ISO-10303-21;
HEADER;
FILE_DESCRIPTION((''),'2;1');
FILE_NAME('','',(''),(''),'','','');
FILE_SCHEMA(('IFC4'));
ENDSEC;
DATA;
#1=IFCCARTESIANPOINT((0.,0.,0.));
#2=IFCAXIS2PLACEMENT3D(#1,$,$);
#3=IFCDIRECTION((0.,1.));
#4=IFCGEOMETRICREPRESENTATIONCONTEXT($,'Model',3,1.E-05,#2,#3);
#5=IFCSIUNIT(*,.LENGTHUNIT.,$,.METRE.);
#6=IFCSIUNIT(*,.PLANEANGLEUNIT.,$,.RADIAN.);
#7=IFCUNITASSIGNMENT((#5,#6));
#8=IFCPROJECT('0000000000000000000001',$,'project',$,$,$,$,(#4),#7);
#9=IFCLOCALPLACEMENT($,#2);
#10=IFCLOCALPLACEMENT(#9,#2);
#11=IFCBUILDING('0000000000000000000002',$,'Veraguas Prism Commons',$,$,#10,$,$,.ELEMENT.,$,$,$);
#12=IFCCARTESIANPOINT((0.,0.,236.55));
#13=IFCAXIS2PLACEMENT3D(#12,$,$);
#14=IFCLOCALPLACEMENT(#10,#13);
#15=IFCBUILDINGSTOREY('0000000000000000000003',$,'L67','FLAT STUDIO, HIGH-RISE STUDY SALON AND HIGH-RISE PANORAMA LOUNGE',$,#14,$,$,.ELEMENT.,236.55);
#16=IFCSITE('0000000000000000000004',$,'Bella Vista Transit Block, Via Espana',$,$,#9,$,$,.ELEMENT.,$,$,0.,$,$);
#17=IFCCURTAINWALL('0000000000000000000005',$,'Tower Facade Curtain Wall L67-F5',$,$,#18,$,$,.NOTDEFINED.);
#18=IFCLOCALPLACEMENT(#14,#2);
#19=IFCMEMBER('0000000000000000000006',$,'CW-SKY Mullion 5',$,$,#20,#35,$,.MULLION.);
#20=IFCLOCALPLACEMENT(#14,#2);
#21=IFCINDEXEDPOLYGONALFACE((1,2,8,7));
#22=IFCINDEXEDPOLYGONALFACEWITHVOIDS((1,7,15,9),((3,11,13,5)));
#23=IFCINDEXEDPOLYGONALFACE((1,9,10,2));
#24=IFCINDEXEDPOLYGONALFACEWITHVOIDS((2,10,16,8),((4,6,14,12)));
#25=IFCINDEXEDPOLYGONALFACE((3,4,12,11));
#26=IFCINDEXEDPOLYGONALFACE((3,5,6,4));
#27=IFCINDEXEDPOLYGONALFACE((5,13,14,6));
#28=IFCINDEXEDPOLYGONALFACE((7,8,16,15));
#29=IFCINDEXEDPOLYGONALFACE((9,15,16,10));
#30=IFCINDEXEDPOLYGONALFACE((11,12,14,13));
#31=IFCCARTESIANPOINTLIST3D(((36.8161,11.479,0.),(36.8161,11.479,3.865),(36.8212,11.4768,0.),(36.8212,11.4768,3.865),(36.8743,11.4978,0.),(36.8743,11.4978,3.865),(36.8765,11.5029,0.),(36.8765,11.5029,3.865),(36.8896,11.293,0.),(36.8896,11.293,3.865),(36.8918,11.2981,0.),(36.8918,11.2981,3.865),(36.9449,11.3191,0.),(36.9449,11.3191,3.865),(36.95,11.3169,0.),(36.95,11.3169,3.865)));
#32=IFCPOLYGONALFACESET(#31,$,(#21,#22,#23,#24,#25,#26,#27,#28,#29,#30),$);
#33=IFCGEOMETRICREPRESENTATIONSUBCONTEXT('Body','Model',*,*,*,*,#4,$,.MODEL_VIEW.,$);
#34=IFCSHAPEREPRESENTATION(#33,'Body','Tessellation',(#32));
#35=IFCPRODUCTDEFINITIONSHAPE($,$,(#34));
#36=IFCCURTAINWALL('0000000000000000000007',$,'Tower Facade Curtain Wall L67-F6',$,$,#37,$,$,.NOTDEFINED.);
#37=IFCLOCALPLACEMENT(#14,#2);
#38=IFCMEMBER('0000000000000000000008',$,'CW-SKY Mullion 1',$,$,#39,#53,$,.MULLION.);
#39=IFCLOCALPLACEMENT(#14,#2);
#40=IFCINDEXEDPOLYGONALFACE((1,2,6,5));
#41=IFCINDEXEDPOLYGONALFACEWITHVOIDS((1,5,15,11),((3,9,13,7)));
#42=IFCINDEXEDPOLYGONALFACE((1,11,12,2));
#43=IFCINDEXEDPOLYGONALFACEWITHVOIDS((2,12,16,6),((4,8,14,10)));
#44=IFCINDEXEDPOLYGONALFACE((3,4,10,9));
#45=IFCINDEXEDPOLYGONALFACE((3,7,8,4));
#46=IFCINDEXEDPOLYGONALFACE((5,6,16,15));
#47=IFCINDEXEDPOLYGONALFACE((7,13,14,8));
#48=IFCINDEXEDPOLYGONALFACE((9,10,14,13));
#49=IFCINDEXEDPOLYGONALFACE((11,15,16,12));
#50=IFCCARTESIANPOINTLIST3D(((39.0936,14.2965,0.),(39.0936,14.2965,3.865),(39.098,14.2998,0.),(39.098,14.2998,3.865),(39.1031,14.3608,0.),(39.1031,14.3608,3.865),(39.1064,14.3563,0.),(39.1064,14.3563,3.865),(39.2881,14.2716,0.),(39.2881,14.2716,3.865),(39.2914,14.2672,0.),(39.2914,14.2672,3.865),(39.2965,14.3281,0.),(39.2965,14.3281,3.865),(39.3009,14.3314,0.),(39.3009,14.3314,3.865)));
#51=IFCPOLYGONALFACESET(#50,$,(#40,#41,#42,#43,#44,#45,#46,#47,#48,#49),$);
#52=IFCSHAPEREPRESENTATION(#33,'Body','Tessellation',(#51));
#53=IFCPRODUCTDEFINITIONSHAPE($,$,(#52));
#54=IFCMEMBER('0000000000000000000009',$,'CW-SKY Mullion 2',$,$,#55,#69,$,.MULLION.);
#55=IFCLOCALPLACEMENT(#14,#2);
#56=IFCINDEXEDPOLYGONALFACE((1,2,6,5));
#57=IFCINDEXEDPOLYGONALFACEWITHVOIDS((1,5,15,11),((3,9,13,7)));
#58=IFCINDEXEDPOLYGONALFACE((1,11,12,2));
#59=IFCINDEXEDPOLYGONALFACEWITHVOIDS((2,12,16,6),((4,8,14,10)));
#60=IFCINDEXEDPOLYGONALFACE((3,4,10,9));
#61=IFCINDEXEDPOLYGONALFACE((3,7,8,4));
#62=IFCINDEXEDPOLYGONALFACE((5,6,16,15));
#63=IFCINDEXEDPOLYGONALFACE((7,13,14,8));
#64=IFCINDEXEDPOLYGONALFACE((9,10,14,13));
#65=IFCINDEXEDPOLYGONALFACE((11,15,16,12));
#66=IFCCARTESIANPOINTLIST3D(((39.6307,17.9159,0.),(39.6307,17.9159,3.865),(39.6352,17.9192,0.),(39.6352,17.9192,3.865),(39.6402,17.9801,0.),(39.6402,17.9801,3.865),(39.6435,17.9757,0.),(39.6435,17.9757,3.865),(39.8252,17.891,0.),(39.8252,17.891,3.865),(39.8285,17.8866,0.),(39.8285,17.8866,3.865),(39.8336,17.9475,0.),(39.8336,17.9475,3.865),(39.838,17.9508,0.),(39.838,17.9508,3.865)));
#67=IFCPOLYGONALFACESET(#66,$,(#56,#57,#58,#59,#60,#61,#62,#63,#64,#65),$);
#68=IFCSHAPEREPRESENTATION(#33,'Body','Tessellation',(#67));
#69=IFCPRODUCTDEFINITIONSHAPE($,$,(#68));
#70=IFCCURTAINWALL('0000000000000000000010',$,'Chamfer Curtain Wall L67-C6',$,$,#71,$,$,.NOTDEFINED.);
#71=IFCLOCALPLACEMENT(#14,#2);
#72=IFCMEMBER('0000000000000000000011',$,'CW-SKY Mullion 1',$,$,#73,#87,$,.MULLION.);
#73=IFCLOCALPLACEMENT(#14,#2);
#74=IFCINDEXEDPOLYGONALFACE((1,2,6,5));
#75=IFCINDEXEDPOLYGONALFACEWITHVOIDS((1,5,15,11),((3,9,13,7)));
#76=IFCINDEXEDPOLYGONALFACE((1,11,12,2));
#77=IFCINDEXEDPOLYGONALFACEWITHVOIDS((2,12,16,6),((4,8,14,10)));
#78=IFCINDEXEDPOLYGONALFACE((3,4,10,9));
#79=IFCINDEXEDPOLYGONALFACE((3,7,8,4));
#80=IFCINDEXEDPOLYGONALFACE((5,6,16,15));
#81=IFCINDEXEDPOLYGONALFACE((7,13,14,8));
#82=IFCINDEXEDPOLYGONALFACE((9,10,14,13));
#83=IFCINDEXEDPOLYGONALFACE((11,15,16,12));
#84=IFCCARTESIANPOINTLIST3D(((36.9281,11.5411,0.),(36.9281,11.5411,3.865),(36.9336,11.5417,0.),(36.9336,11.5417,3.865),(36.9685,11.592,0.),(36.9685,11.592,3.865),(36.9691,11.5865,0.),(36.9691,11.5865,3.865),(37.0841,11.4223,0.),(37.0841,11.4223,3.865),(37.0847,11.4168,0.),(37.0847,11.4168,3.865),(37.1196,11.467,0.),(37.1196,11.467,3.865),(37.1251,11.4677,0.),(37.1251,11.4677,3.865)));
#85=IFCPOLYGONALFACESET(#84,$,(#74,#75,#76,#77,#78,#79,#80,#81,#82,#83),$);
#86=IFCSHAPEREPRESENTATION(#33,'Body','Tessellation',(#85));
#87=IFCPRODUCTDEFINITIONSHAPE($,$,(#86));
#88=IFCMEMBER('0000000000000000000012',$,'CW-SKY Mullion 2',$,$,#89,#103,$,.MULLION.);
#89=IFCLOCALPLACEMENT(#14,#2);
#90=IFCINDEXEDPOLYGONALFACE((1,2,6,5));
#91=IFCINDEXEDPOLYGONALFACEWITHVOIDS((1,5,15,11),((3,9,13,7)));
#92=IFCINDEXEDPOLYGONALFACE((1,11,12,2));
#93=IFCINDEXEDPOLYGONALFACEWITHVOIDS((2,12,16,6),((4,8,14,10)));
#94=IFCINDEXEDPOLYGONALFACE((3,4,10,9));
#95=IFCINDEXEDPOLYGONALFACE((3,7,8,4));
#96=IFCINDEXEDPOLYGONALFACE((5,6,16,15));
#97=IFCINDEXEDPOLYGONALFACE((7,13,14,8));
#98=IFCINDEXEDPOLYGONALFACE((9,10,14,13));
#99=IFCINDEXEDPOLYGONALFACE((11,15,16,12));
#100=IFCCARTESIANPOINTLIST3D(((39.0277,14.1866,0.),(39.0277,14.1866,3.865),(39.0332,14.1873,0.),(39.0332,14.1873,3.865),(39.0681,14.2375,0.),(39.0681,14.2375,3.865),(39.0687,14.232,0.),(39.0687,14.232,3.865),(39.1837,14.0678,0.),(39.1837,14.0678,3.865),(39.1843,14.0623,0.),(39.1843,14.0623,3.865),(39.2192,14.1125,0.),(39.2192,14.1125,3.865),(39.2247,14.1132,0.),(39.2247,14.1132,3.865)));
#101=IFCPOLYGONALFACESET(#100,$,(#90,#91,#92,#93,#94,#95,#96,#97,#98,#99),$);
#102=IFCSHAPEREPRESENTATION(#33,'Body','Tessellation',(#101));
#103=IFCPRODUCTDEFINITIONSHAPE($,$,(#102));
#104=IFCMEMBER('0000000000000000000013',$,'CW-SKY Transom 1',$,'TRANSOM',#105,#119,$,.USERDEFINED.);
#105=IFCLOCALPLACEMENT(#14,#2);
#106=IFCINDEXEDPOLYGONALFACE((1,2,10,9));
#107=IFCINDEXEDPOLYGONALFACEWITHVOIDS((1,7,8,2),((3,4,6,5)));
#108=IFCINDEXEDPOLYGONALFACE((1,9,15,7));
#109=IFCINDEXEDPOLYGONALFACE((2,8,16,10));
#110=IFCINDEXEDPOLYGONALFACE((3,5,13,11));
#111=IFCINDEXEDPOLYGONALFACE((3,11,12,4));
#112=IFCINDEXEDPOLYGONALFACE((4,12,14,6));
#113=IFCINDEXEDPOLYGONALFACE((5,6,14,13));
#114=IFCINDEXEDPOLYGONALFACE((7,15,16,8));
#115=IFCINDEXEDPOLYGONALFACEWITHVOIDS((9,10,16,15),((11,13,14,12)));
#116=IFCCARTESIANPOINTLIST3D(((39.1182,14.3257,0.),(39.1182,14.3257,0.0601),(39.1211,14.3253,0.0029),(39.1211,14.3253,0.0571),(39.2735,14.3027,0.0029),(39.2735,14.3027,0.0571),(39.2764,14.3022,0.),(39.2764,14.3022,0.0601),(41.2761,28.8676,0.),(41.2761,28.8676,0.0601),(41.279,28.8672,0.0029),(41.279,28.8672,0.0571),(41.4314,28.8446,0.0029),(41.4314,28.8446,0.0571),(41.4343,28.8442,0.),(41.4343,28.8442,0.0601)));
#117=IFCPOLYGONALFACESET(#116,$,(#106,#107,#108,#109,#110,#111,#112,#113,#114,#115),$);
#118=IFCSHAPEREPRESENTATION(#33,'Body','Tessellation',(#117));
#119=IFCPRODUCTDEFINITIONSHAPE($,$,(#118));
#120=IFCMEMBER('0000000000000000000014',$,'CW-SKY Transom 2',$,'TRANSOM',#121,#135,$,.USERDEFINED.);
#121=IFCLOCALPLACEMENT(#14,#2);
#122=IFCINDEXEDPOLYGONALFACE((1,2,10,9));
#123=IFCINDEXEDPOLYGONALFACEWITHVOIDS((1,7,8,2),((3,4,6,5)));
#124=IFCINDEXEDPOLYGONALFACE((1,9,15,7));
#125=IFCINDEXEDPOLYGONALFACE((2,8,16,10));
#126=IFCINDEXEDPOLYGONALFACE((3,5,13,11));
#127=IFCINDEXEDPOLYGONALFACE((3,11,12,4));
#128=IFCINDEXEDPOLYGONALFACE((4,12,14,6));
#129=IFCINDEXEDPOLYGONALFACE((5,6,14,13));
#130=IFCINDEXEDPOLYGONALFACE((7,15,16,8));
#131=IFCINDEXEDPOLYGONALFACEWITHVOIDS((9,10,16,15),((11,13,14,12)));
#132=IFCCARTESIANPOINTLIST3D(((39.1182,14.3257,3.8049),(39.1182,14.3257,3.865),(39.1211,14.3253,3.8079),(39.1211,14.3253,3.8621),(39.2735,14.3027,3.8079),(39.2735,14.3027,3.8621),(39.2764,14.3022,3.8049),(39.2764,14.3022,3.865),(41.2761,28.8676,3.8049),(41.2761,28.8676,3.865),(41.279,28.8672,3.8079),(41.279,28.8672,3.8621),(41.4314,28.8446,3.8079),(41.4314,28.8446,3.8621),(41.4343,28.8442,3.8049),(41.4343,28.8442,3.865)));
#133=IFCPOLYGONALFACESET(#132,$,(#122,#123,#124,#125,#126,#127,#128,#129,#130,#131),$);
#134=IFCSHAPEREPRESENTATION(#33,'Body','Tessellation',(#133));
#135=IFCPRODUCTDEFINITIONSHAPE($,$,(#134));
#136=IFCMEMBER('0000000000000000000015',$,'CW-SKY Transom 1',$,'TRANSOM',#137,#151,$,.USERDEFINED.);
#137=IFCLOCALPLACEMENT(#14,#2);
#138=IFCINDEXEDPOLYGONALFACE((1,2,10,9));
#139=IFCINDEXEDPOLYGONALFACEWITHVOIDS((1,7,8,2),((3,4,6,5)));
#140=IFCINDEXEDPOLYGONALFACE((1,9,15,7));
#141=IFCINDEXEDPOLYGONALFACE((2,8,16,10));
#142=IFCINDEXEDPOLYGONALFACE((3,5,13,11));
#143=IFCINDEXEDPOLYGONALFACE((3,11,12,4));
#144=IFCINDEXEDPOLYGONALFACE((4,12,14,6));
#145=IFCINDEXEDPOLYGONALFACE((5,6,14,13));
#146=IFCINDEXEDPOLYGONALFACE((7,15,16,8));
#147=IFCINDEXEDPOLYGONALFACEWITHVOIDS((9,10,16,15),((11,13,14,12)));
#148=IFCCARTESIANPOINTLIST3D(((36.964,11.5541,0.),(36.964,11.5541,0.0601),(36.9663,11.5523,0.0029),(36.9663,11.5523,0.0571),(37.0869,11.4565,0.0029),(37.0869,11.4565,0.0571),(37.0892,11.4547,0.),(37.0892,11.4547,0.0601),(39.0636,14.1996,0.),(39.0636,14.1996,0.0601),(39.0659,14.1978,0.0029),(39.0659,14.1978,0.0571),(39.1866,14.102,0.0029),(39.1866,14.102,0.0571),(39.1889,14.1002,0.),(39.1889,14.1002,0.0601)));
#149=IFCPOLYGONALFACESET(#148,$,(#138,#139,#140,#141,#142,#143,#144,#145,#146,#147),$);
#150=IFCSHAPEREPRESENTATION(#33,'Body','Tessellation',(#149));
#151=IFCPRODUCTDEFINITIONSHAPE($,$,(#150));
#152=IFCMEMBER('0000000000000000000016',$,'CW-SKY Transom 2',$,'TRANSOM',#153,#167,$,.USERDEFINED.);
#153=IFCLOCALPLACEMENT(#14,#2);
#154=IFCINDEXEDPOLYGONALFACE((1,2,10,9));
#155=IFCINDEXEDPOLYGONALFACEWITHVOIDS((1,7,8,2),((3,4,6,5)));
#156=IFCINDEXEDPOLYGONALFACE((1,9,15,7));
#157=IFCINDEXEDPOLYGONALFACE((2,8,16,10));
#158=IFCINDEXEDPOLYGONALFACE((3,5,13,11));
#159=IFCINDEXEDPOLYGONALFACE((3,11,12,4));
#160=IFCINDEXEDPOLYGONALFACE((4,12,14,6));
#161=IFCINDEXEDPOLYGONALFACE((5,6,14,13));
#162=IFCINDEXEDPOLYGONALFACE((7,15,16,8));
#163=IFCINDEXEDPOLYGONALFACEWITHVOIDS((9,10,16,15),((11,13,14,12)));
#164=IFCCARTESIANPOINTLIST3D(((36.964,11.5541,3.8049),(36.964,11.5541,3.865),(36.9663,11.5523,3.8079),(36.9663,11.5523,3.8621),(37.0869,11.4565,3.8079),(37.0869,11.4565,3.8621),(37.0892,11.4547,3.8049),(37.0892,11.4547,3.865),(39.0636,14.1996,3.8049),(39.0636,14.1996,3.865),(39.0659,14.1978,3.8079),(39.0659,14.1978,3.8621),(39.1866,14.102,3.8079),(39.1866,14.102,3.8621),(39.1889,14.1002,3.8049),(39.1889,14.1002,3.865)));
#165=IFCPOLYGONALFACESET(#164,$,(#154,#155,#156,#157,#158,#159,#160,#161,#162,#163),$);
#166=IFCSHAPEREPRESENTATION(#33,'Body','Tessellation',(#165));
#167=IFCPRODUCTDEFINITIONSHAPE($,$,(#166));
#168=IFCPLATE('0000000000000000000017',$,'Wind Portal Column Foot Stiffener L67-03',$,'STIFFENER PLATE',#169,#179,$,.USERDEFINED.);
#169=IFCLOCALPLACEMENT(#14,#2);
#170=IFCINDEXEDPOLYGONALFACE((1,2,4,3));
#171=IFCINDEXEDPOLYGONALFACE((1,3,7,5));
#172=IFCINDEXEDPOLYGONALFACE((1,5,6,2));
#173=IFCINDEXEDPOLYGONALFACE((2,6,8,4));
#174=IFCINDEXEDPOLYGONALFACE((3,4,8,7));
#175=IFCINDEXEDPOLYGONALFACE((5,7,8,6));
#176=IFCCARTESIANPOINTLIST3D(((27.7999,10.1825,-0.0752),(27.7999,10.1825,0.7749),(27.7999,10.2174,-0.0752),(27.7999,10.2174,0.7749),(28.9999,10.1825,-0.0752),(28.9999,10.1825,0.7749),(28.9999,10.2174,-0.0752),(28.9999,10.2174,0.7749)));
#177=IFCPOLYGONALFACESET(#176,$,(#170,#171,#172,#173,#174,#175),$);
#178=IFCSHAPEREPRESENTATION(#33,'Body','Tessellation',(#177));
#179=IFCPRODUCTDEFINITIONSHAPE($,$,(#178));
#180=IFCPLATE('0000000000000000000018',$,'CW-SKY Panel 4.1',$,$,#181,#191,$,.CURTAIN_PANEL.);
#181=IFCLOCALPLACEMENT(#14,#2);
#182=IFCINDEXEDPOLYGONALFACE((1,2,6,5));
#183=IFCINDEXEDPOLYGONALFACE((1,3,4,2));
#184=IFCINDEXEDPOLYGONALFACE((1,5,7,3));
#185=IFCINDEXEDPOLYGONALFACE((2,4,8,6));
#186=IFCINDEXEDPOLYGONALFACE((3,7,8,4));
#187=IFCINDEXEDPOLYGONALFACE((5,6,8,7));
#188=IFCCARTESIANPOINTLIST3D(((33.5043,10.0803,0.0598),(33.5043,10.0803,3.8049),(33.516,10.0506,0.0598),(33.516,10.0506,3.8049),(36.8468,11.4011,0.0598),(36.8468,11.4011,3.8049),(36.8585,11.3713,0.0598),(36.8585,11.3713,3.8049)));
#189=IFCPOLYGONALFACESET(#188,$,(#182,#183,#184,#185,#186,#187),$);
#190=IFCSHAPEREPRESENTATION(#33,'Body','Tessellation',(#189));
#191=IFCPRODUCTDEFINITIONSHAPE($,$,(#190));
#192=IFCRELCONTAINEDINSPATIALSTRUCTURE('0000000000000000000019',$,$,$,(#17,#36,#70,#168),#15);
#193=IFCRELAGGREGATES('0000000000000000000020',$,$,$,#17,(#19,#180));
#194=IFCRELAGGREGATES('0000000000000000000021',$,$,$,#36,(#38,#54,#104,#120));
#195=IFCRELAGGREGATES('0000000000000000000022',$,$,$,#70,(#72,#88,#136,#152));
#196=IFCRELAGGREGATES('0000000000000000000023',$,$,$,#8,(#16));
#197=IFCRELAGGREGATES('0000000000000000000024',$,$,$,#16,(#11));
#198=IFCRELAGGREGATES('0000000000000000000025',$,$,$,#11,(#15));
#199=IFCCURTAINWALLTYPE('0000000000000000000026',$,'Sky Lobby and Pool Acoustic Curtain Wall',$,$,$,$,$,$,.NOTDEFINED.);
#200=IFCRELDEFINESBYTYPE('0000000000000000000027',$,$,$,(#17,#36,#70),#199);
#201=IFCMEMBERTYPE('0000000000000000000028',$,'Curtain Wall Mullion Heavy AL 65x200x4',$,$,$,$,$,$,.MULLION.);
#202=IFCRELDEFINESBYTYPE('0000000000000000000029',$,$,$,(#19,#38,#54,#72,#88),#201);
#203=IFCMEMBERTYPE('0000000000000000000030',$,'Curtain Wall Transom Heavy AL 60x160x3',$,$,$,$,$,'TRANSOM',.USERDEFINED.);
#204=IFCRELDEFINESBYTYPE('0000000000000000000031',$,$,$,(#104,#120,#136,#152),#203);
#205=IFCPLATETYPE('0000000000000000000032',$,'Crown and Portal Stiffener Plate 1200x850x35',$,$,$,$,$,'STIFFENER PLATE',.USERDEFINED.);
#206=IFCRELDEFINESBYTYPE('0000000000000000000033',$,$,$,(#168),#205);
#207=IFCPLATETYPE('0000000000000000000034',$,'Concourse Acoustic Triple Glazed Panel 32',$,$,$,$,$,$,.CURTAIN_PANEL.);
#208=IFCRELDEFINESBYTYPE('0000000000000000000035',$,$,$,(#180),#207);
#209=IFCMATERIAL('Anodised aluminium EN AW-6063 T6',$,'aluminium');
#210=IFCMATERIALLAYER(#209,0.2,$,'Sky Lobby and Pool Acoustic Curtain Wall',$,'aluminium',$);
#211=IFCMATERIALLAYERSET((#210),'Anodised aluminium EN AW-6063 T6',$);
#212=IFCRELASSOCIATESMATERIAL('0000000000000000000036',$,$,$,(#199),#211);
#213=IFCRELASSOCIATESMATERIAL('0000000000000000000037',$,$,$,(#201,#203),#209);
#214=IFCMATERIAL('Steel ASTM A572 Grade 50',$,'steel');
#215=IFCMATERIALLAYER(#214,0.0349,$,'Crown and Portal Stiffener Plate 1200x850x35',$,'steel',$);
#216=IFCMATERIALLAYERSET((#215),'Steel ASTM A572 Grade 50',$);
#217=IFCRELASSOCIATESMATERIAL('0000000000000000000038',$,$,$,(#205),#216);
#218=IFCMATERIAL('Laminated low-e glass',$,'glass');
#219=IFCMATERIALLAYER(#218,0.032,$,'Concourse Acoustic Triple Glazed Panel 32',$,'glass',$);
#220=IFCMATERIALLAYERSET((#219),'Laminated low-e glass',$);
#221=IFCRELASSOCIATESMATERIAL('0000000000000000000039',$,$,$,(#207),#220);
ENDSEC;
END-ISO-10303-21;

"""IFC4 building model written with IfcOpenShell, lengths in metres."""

from ifc_helpers import new_model, si_unit, direction, frame, origin, origin_2d, place, context, subcontext, project, spatial, rectangle, hollow_rectangle, extrude, source, transform, mapped, material, layer, layer_set, material_profile, profile_set, type_object, element, aggregate, save


model = new_model("IFC4")

# Units and contexts
model_context = context("Model", 3, precision=1e-05, world=origin(), true_north=direction((0.0, 1.0)))
body_context = subcontext(model_context, "Body", "Model", "MODEL_VIEW")
ifc_project = project(units=[si_unit("LENGTHUNIT", "METRE"), si_unit("PLANEANGLEUNIT", "RADIAN")], contexts=[model_context])

# Site, building, storey
site_placement = place(None, origin())
site = spatial("IfcSite", under=ifc_project, at=site_placement, Name="Bella Vista Transit Block, Via Espana", CompositionType="ELEMENT", RefElevation=0.0)
building_placement = place(site_placement, origin())
building = spatial("IfcBuilding", under=site, at=building_placement, Name="Veraguas Prism Commons", CompositionType="ELEMENT")
storey_placement = place(building_placement, frame((0.0, 0.0, 236.55)))
storey = spatial("IfcBuildingStorey", under=building, at=storey_placement, Name="L67", Description="FLAT STUDIO, HIGH-RISE STUDY SALON AND HIGH-RISE PANORAMA LOUNGE", CompositionType="ELEMENT", Elevation=236.55)

# Curtain walls, members
ifc_material_1 = material(Name="Anodised aluminium EN AW-6063 T6", Category="aluminium")
ifc_layer_1 = layer(ifc_material_1, 0.2, Name="Sky Lobby and Pool Acoustic Curtain Wall", Category="aluminium")
ifc_layer_set_1 = layer_set([ifc_layer_1], Name="Anodised aluminium EN AW-6063 T6")
curtain_wall_type = type_object("IfcCurtainWallType", Name="Sky Lobby and Pool Acoustic Curtain Wall", PredefinedType="NOTDEFINED", material=ifc_layer_set_1)
curtain_wall_1_placement = place(storey_placement, origin())
curtain_wall_1 = element("IfcCurtainWall", 1, at=curtain_wall_1_placement, inside=storey, type_object=curtain_wall_type, Name="Tower Facade Curtain Wall L67-F5", PredefinedType="NOTDEFINED")
ifc_material_profile_1 = material_profile(ifc_material_1, hollow_rectangle(XDim=0.0649, YDim=0.2, WallThickness=0.0039, at=origin_2d()), Name="AL65X200X4")
ifc_profile_set_1 = profile_set([ifc_material_profile_1], Name="Anodised aluminium EN AW-6063 T6")
member_type_1 = type_object("IfcMemberType", Name="Curtain Wall Mullion Heavy AL 65x200x4", PredefinedType="MULLION", material=ifc_profile_set_1)
shared_shape_1 = source(origin(), body_context, "Body", "SweptSolid", [
    extrude(hollow_rectangle(XDim=0.0649, YDim=0.2, WallThickness=0.0039, at=origin_2d()), origin(), (0.0, 0.0, 1.0), 3.865),
])
member_1_placement = place(storey_placement, frame((36.8831, 11.3979, 0.0), z_axis=(0.0, 0.0, 1.0), x_axis=(0.93003, 0.367483, 0.0)))
member_1 = element("IfcMember", 2, at=member_1_placement, type_object=member_type_1, Name="CW-SKY Mullion 5", PredefinedType="MULLION", context=body_context, shape_type="MappedRepresentation", body=[
    mapped(shared_shape_1, transform((0.0, 0.0, 0.0), scale=1.0)),
])
curtain_wall_2_placement = place(storey_placement, origin())
curtain_wall_2 = element("IfcCurtainWall", 3, at=curtain_wall_2_placement, inside=storey, type_object=curtain_wall_type, Name="Tower Facade Curtain Wall L67-F6", PredefinedType="NOTDEFINED")
member_2_placement = place(storey_placement, frame((39.1973, 14.314, 0.0), z_axis=(0.0, 0.0, 1.0), x_axis=(0.146774, 0.98917, 0.0)))
member_2 = element("IfcMember", 4, at=member_2_placement, type_object=member_type_1, Name="CW-SKY Mullion 1", PredefinedType="MULLION", context=body_context, shape_type="MappedRepresentation", body=[
    mapped(shared_shape_1, transform((0.0, 0.0, 0.0), scale=1.0)),
])
member_3_placement = place(storey_placement, frame((39.7344, 17.9333, 0.0), z_axis=(0.0, 0.0, 1.0), x_axis=(0.146774, 0.98917, 0.0)))
member_3 = element("IfcMember", 5, at=member_3_placement, type_object=member_type_1, Name="CW-SKY Mullion 2", PredefinedType="MULLION", context=body_context, shape_type="MappedRepresentation", body=[
    mapped(shared_shape_1, transform((0.0, 0.0, 0.0), scale=1.0)),
])
curtain_wall_3_placement = place(storey_placement, origin())
curtain_wall_3 = element("IfcCurtainWall", 6, at=curtain_wall_3_placement, inside=storey, type_object=curtain_wall_type, Name="Chamfer Curtain Wall L67-C6", PredefinedType="NOTDEFINED")
member_4_placement = place(storey_placement, frame((37.0266, 11.5044, 0.0), z_axis=(0.0, 0.0, 1.0), x_axis=(0.621707, 0.78325, 0.0)))
member_4 = element("IfcMember", 7, at=member_4_placement, type_object=member_type_1, Name="CW-SKY Mullion 1", PredefinedType="MULLION", context=body_context, shape_type="MappedRepresentation", body=[
    mapped(shared_shape_1, transform((0.0, 0.0, 0.0), scale=1.0)),
])
member_5_placement = place(storey_placement, frame((39.1262, 14.1499, 0.0), z_axis=(0.0, 0.0, 1.0), x_axis=(0.621707, 0.78325, 0.0)))
member_5 = element("IfcMember", 8, at=member_5_placement, type_object=member_type_1, Name="CW-SKY Mullion 2", PredefinedType="MULLION", context=body_context, shape_type="MappedRepresentation", body=[
    mapped(shared_shape_1, transform((0.0, 0.0, 0.0), scale=1.0)),
])

# Members
ifc_material_profile_2 = material_profile(ifc_material_1, hollow_rectangle(XDim=0.0601, YDim=0.1599, WallThickness=0.0029, at=origin_2d()), Name="AL60X160X3")
ifc_profile_set_2 = profile_set([ifc_material_profile_2], Name="Anodised aluminium EN AW-6063 T6")
member_type_2 = type_object("IfcMemberType", Name="Curtain Wall Transom Heavy AL 60x160x3", ElementType="TRANSOM", PredefinedType="USERDEFINED", material=ifc_profile_set_2)
shared_shape_2 = source(origin(), body_context, "Body", "SweptSolid", [
    extrude(hollow_rectangle(XDim=0.0601, YDim=0.1599, WallThickness=0.0029, at=origin_2d()), origin(), (0.0, 0.0, 1.0), 14.7012),
])
member_6_placement = place(storey_placement, frame((39.1973, 14.314, 0.03), z_axis=(0.146788, 0.989168, 0.0), x_axis=(0.0, 0.0, 1.0)))
member_6 = element("IfcMember", 9, at=member_6_placement, type_object=member_type_2, Name="CW-SKY Transom 1", ObjectType="TRANSOM", PredefinedType="USERDEFINED", context=body_context, shape_type="MappedRepresentation", body=[
    mapped(shared_shape_2, transform((0.0, 0.0, 0.0), scale=1.0)),
])
member_7_placement = place(storey_placement, frame((39.1973, 14.314, 3.835), z_axis=(0.146788, 0.989168, 0.0), x_axis=(0.0, 0.0, 1.0)))
member_7 = element("IfcMember", 10, at=member_7_placement, type_object=member_type_2, Name="CW-SKY Transom 2", ObjectType="TRANSOM", PredefinedType="USERDEFINED", context=body_context, shape_type="MappedRepresentation", body=[
    mapped(shared_shape_2, transform((0.0, 0.0, 0.0), scale=1.0)),
])
shared_shape_3 = source(origin(), body_context, "Body", "SweptSolid", [
    extrude(hollow_rectangle(XDim=0.0601, YDim=0.1599, WallThickness=0.0029, at=origin_2d()), origin(), (0.0, 0.0, 1.0), 3.3774),
])
member_8_placement = place(storey_placement, frame((37.0266, 11.5044, 0.03), z_axis=(0.621658, 0.783289, 0.0), x_axis=(0.0, 0.0, 1.0)))
member_8 = element("IfcMember", 11, at=member_8_placement, type_object=member_type_2, Name="CW-SKY Transom 1", ObjectType="TRANSOM", PredefinedType="USERDEFINED", context=body_context, shape_type="MappedRepresentation", body=[
    mapped(shared_shape_3, transform((0.0, 0.0, 0.0), scale=1.0)),
])
member_9_placement = place(storey_placement, frame((37.0266, 11.5044, 3.835), z_axis=(0.621658, 0.783289, 0.0), x_axis=(0.0, 0.0, 1.0)))
member_9 = element("IfcMember", 12, at=member_9_placement, type_object=member_type_2, Name="CW-SKY Transom 2", ObjectType="TRANSOM", PredefinedType="USERDEFINED", context=body_context, shape_type="MappedRepresentation", body=[
    mapped(shared_shape_3, transform((0.0, 0.0, 0.0), scale=1.0)),
])

# Plates
ifc_material_2 = material(Name="Steel ASTM A572 Grade 50", Category="steel")
ifc_layer_2 = layer(ifc_material_2, 0.0349, Name="Crown and Portal Stiffener Plate 1200x850x35", Category="steel")
ifc_layer_set_2 = layer_set([ifc_layer_2], Name="Steel ASTM A572 Grade 50")
plate_type_1 = type_object("IfcPlateType", Name="Crown and Portal Stiffener Plate 1200x850x35", ElementType="STIFFENER PLATE", PredefinedType="USERDEFINED", material=ifc_layer_set_2)
shared_shape_4 = source(origin(), body_context, "Body", "SweptSolid", [
    extrude(rectangle(XDim=1.2, YDim=0.0349, at=origin_2d()), origin(), (0.0, 0.0, 1.0), 0.8501),
])
plate_1_placement = place(storey_placement, frame((28.3999, 10.2, -0.0752), z_axis=(0.0, 0.0, 1.0), x_axis=(1.0, 0.0, 0.0)))
element("IfcPlate", 13, at=plate_1_placement, inside=storey, type_object=plate_type_1, Name="Wind Portal Column Foot Stiffener L67-03", ObjectType="STIFFENER PLATE", PredefinedType="USERDEFINED", context=body_context, shape_type="MappedRepresentation", body=[
    mapped(shared_shape_4, transform((0.0, 0.0, 0.0), scale=1.0)),
])
ifc_material_3 = material(Name="Laminated low-e glass", Category="glass")
ifc_layer_3 = layer(ifc_material_3, 0.032, Name="Concourse Acoustic Triple Glazed Panel 32", Category="glass")
ifc_layer_set_3 = layer_set([ifc_layer_3], Name="Laminated low-e glass")
plate_type_2 = type_object("IfcPlateType", Name="Concourse Acoustic Triple Glazed Panel 32", PredefinedType="CURTAIN_PANEL", material=ifc_layer_set_3)
shared_shape_5 = source(origin(), body_context, "Body", "SweptSolid", [
    extrude(rectangle(XDim=3.594, YDim=0.032, at=origin_2d()), origin(), (0.0, 0.0, 1.0), 3.7451),
])
plate_2_placement = place(storey_placement, frame((35.1814, 10.7258, 0.0598), z_axis=(0.0, 0.0, 1.0), x_axis=(0.93003, 0.367483, 0.0)))
plate_2 = element("IfcPlate", 14, at=plate_2_placement, type_object=plate_type_2, Name="CW-SKY Panel 4.1", PredefinedType="CURTAIN_PANEL", context=body_context, shape_type="MappedRepresentation", body=[
    mapped(shared_shape_5, transform((0.0, 0.0, 0.0), scale=1.0)),
])
aggregate(curtain_wall_1, [member_1, plate_2])
aggregate(curtain_wall_2, [member_2, member_3, member_6, member_7])
aggregate(curtain_wall_3, [member_4, member_5, member_8, member_9])

save(model, "model.ifc")
